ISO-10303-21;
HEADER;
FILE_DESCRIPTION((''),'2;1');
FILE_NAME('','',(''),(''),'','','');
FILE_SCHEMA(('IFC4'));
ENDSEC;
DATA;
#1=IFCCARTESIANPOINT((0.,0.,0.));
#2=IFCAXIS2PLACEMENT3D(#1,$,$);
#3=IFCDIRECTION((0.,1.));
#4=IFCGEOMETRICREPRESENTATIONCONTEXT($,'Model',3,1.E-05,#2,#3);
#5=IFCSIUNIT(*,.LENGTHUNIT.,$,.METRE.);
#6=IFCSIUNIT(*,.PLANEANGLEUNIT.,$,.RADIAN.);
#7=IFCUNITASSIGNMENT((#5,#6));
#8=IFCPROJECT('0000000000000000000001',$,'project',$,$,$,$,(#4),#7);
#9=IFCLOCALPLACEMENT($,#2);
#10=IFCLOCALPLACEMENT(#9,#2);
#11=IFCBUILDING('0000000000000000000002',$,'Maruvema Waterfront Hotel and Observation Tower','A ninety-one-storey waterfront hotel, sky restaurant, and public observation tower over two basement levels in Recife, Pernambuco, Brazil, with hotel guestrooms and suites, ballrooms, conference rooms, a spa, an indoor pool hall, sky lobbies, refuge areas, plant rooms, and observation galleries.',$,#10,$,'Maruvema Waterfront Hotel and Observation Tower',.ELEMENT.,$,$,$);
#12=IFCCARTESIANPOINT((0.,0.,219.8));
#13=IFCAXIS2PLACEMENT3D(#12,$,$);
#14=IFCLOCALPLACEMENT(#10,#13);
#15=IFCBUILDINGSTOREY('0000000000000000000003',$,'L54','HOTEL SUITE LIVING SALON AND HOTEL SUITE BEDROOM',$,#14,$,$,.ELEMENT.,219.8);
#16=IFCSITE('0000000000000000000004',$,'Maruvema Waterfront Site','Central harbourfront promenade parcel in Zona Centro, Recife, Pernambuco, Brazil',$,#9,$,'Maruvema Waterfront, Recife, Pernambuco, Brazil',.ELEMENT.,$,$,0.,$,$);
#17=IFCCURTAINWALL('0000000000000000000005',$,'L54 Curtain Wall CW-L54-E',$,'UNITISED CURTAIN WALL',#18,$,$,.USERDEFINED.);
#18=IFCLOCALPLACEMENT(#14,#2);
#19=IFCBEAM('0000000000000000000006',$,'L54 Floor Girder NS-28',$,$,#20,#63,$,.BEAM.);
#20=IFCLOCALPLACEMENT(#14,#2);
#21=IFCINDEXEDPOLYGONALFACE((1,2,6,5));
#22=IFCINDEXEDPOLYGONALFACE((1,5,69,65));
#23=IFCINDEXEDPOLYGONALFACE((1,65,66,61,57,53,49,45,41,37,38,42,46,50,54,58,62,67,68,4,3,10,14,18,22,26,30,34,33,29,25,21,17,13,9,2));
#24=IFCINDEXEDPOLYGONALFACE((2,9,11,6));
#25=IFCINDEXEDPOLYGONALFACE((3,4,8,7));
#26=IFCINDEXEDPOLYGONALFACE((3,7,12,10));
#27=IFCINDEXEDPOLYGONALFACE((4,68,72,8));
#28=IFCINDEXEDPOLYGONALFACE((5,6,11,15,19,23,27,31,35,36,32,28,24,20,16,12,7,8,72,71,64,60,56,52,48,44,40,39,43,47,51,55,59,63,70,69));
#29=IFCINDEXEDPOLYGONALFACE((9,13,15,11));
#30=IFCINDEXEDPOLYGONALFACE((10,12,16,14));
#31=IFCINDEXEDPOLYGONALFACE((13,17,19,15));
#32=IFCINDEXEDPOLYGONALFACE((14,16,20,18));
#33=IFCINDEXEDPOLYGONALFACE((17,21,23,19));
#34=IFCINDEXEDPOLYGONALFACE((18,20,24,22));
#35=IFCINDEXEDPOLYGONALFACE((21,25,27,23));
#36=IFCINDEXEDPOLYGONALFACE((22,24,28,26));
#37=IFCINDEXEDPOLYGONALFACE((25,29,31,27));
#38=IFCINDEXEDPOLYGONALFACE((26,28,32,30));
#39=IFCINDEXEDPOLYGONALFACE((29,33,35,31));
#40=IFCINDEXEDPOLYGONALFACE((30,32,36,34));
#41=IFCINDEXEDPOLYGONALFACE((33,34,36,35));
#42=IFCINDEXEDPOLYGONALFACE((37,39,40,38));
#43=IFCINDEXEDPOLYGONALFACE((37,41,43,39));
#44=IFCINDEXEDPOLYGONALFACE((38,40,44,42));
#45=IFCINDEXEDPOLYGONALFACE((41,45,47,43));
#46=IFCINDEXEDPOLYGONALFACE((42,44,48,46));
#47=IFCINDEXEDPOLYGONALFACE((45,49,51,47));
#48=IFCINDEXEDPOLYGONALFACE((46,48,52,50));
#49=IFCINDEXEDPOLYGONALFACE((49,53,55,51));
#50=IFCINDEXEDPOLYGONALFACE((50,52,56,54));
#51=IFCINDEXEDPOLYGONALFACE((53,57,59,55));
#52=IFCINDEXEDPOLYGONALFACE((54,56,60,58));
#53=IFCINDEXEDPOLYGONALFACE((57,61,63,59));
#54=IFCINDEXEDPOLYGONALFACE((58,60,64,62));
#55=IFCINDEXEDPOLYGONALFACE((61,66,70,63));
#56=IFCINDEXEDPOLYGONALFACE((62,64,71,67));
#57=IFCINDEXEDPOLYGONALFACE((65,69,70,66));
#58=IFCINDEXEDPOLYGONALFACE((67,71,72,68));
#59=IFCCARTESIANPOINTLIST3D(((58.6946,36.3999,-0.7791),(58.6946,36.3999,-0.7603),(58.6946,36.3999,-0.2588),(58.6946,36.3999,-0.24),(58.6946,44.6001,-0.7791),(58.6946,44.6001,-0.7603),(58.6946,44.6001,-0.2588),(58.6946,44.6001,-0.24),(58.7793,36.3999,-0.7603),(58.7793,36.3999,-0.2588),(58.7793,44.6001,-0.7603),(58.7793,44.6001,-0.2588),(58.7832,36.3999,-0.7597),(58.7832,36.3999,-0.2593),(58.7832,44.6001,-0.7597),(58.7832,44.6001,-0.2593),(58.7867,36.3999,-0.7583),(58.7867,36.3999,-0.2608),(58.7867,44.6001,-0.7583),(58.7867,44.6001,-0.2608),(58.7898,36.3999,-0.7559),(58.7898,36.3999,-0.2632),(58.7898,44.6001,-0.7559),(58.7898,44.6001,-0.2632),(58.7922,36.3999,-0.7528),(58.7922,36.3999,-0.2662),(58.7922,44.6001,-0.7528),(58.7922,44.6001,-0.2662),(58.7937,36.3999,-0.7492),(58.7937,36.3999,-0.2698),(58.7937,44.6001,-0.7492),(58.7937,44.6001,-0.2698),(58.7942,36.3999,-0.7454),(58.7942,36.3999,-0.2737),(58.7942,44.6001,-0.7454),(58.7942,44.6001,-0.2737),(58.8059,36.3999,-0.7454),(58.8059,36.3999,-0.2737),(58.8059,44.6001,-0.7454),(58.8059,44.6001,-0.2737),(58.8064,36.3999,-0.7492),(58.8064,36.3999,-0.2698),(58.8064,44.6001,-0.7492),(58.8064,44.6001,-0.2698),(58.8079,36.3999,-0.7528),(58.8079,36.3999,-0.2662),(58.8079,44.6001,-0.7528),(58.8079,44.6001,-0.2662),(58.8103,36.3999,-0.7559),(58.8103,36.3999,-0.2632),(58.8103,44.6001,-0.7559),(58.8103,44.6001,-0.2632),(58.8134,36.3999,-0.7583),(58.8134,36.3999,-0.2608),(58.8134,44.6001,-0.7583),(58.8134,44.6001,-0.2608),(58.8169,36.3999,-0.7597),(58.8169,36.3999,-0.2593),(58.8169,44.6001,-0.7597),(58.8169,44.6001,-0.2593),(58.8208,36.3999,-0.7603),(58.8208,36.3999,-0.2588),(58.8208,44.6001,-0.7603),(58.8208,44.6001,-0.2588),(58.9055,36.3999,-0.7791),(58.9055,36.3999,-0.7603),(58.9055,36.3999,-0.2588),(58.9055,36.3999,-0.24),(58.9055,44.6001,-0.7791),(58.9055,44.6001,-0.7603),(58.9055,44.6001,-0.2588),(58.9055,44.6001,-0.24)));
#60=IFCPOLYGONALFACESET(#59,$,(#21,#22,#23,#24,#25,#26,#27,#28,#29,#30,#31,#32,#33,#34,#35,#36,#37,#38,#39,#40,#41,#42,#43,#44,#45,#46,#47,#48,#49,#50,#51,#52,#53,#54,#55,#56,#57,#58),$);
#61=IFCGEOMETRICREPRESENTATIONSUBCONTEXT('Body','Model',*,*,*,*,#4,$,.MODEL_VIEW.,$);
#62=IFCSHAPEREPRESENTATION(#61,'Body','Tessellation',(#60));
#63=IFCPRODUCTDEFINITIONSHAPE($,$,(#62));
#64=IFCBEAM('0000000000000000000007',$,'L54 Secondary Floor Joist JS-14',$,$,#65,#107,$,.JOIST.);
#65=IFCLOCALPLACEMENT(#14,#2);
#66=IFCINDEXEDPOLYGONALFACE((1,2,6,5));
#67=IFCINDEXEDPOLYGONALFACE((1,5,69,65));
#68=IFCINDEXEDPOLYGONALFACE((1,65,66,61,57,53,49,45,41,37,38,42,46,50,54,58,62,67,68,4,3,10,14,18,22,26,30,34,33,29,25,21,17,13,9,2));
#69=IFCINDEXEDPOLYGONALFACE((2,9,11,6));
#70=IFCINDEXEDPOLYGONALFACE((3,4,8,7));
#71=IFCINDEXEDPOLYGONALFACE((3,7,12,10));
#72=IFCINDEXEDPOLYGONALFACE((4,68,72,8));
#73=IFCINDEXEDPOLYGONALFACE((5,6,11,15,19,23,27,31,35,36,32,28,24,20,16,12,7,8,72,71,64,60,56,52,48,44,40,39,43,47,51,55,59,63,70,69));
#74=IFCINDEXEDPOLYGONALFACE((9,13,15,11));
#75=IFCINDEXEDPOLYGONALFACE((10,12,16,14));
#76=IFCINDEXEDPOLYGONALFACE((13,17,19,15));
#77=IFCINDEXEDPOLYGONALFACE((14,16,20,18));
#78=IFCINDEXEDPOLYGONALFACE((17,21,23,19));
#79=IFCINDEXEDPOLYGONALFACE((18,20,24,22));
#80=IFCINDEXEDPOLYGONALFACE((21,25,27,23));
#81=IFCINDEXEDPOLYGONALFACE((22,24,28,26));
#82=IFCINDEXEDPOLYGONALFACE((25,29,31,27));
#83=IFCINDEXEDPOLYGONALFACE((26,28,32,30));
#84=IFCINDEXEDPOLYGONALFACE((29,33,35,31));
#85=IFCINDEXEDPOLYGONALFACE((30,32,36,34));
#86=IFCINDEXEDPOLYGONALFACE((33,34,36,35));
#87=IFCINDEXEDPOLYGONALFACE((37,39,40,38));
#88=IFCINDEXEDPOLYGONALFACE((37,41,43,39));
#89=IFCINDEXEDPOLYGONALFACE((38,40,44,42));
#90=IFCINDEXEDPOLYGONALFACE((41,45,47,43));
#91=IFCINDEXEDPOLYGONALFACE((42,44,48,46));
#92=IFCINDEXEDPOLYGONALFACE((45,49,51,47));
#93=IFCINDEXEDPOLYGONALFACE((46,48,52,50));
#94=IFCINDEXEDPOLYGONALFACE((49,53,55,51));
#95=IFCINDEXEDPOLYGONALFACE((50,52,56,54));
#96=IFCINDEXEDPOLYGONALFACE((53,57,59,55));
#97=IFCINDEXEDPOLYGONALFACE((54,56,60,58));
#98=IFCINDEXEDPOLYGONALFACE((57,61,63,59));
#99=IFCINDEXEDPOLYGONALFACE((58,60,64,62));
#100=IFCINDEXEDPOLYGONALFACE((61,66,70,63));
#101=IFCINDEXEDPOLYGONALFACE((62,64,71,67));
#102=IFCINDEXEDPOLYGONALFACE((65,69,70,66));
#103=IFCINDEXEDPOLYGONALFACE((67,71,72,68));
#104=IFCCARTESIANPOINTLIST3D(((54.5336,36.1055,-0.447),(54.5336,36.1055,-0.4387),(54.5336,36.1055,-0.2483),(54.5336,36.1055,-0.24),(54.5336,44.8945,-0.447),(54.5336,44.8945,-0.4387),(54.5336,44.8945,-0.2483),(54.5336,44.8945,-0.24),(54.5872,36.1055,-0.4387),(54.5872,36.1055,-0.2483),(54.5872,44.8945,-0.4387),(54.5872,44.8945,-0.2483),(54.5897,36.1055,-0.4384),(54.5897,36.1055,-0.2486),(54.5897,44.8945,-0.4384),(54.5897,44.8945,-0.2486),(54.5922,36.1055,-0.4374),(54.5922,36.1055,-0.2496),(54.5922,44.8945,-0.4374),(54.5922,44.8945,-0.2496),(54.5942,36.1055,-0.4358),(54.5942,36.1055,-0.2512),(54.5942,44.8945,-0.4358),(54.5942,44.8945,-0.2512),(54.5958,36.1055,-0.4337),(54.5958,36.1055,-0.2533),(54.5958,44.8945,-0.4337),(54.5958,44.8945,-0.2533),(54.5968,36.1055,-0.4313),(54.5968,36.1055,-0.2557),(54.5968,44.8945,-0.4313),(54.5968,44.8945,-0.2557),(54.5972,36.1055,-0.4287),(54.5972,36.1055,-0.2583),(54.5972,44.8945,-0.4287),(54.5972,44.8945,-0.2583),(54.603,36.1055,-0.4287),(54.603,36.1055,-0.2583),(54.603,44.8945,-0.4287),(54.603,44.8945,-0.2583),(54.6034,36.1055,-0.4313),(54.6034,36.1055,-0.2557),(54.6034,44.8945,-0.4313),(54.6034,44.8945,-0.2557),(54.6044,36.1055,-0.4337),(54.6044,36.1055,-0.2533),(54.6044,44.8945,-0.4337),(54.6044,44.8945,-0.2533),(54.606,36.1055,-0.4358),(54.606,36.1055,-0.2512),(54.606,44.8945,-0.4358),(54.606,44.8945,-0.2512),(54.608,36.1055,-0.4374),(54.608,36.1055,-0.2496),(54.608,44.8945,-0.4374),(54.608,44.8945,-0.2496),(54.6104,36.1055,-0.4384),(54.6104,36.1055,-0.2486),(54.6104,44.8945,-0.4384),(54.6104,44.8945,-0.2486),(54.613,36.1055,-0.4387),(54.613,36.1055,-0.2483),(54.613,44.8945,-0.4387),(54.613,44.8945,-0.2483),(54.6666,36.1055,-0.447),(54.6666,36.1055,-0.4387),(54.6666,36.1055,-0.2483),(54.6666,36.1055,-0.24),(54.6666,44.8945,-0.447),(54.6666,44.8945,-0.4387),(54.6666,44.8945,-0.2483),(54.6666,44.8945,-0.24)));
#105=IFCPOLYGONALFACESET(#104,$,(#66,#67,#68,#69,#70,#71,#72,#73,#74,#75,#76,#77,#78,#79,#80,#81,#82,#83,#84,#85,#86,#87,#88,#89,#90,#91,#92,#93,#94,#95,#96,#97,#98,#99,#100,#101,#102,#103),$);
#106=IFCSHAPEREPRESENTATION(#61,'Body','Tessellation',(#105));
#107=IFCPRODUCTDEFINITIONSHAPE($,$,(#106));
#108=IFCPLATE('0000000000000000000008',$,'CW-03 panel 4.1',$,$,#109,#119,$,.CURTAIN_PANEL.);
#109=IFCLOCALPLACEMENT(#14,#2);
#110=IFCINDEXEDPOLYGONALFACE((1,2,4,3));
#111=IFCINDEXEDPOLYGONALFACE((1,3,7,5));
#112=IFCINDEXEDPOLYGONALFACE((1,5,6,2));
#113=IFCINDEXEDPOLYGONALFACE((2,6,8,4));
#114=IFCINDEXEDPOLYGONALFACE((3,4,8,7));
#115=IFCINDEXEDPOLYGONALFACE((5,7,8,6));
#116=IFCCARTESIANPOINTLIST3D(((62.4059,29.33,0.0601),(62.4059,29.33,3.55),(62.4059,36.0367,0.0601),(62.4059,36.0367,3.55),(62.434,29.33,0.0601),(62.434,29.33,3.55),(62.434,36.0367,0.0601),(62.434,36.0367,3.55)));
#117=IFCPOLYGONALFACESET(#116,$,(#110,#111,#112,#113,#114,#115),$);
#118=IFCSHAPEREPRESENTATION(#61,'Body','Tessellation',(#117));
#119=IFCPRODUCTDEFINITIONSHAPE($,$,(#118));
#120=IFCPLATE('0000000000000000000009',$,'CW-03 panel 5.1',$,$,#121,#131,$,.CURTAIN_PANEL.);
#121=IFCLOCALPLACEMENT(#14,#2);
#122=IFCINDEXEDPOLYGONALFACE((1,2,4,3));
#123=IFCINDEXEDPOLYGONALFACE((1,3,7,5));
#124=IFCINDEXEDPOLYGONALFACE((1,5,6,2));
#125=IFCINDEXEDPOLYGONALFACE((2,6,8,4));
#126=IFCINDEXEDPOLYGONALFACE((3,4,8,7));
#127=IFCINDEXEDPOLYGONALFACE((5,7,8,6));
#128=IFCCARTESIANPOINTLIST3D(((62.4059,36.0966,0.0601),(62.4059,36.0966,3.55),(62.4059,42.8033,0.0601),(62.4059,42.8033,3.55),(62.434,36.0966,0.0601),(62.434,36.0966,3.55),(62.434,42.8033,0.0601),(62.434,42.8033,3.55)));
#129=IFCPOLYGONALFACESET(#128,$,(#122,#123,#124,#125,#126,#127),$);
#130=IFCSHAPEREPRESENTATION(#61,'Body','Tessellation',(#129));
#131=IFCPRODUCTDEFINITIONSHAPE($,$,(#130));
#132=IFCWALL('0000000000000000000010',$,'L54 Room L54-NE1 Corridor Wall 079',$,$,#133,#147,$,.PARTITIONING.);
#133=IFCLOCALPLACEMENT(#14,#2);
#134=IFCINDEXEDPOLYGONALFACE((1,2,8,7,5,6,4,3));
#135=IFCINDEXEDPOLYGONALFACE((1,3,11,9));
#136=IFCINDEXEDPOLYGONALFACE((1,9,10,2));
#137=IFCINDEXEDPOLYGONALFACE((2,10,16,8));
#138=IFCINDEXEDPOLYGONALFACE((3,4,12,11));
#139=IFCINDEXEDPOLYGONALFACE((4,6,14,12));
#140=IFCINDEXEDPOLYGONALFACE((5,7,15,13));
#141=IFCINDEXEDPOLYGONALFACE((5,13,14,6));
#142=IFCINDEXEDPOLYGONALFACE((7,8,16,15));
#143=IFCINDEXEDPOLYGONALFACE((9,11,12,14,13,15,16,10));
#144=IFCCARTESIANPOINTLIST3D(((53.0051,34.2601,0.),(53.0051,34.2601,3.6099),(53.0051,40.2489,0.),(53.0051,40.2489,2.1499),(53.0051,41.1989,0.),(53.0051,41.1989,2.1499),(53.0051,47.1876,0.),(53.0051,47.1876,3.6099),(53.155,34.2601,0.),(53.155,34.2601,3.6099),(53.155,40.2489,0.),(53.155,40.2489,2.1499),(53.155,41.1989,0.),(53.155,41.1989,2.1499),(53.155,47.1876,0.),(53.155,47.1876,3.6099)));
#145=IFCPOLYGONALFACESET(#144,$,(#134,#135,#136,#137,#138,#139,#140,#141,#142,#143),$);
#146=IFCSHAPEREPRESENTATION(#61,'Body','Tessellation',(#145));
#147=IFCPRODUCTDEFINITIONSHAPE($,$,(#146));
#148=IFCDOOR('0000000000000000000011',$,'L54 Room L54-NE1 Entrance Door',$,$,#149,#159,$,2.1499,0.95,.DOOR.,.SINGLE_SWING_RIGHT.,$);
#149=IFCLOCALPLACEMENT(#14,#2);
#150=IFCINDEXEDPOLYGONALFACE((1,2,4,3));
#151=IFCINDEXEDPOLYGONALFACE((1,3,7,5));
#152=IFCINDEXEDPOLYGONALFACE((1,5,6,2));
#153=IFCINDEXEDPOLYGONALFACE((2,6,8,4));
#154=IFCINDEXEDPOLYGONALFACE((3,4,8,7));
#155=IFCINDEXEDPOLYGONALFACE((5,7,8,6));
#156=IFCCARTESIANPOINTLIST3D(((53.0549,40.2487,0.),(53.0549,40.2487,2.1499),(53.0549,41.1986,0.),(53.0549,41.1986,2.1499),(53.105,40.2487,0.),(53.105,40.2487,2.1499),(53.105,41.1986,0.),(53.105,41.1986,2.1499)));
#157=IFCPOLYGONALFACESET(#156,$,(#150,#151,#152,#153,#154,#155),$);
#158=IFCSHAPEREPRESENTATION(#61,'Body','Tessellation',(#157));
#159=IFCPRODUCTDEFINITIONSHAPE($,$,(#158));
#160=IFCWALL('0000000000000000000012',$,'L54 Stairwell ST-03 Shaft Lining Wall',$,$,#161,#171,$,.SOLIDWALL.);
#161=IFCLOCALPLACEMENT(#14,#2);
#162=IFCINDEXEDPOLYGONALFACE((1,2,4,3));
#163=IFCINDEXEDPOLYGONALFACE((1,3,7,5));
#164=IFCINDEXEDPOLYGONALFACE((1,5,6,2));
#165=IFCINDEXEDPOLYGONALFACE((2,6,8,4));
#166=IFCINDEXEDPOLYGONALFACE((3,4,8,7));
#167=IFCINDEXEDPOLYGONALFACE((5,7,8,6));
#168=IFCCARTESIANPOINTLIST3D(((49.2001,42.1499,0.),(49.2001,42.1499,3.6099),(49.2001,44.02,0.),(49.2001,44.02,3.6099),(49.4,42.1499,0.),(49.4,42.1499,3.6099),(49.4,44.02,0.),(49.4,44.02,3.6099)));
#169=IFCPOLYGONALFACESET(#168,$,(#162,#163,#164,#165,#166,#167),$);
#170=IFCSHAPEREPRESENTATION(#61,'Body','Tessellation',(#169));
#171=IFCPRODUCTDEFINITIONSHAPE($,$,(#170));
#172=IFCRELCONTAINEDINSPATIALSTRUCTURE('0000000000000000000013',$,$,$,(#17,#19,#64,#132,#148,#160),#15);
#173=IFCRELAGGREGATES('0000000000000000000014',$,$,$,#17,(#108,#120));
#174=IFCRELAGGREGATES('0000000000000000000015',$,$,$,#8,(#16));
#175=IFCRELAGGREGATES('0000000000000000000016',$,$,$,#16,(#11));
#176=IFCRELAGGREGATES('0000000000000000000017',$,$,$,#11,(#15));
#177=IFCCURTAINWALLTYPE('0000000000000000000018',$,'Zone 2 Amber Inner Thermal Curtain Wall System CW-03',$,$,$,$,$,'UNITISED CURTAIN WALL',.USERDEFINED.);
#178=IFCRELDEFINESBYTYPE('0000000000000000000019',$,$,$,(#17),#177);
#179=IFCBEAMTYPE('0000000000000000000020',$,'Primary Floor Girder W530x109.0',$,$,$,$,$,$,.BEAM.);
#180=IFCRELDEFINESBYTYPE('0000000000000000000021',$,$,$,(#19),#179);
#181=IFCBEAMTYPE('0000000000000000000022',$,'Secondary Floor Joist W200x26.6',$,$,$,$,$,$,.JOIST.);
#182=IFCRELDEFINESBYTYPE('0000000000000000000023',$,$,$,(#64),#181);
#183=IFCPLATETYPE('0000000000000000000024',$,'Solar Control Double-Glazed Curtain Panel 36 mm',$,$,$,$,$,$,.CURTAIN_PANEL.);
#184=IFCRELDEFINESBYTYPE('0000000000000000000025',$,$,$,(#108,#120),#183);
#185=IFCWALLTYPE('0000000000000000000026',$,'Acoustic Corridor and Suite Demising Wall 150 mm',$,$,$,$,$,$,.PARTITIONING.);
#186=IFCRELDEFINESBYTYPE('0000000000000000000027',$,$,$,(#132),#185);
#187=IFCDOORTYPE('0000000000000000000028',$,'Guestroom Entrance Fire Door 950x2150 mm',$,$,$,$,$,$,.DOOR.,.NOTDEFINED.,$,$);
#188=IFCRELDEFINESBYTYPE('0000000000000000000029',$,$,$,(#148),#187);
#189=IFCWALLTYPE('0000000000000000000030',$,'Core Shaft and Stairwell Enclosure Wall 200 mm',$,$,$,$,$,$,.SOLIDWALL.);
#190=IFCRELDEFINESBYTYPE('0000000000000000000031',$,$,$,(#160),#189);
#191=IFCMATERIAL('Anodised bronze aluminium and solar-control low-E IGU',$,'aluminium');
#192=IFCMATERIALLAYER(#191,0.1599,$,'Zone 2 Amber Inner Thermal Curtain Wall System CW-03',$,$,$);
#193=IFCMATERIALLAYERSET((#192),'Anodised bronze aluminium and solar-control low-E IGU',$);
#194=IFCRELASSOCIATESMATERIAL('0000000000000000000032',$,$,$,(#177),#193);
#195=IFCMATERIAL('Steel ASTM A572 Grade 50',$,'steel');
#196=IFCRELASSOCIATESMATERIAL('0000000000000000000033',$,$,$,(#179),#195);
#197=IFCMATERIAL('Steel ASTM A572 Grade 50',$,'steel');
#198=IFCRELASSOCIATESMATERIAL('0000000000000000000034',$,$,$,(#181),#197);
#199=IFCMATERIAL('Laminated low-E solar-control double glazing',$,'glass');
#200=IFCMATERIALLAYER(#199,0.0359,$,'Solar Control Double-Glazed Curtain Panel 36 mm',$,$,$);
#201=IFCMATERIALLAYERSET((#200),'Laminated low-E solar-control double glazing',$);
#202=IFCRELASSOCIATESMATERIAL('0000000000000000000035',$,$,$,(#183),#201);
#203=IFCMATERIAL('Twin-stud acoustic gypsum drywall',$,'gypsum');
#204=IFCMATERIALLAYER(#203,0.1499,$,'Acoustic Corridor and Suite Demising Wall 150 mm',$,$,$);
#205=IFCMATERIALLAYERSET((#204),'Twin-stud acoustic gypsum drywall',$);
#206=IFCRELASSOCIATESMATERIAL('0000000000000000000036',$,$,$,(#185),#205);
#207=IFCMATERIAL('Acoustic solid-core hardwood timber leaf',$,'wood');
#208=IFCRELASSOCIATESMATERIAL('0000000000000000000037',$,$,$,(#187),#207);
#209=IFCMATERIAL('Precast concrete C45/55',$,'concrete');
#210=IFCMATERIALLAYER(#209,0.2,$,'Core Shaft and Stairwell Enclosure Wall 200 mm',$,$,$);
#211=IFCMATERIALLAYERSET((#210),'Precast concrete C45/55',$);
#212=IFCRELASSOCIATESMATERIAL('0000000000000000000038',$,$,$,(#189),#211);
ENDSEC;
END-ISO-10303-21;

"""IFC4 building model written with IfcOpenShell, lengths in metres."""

from ifc_helpers import new_model, si_unit, direction, frame, frame_2d, origin, origin_2d, place, context, subcontext, project, spatial, rectangle, i_section, extrude, material, layer, layer_set, material_profile, profile_set, type_object, element, fill, aggregate, save


model = new_model("IFC4")

# Units and contexts
model_context = context("Model", 3, precision=1e-05, world=origin(), true_north=direction((0.0, 1.0)))
body_context = subcontext(model_context, "Body", "Model", "MODEL_VIEW")
ifc_project = project(units=[si_unit("LENGTHUNIT", "METRE"), si_unit("PLANEANGLEUNIT", "RADIAN")], contexts=[model_context])

# Site, building, storey
site_placement = place(None, origin())
site = spatial("IfcSite", under=ifc_project, at=site_placement, Name="Maruvema Waterfront Site", Description="Central harbourfront promenade parcel in Zona Centro, Recife, Pernambuco, Brazil", LongName="Maruvema Waterfront, Recife, Pernambuco, Brazil", CompositionType="ELEMENT", RefElevation=0.0)
building_placement = place(site_placement, origin())
building = spatial("IfcBuilding", under=site, at=building_placement, Name="Maruvema Waterfront Hotel and Observation Tower", Description="A ninety-one-storey waterfront hotel, sky restaurant, and public observation tower over two basement levels in Recife, Pernambuco, Brazil, with hotel guestrooms and suites, ballrooms, conference rooms, a spa, an indoor pool hall, sky lobbies, refuge areas, plant rooms, and observation galleries.", LongName="Maruvema Waterfront Hotel and Observation Tower", CompositionType="ELEMENT")
storey_placement = place(building_placement, frame((0.0, 0.0, 219.8)))
storey = spatial("IfcBuildingStorey", under=building, at=storey_placement, Name="L54", Description="HOTEL SUITE LIVING SALON AND HOTEL SUITE BEDROOM", CompositionType="ELEMENT", Elevation=219.8)

# Curtain wall
ifc_material_1 = material(Name="Anodised bronze aluminium and solar-control low-E IGU", Category="aluminium")
ifc_layer_1 = layer(ifc_material_1, 0.1599, Name="Zone 2 Amber Inner Thermal Curtain Wall System CW-03")
ifc_layer_set_1 = layer_set([ifc_layer_1], Name="Anodised bronze aluminium and solar-control low-E IGU")
curtain_wall_type = type_object("IfcCurtainWallType", Name="Zone 2 Amber Inner Thermal Curtain Wall System CW-03", ElementType="UNITISED CURTAIN WALL", PredefinedType="USERDEFINED", material=ifc_layer_set_1)
curtain_wall_placement = place(storey_placement, origin())
curtain_wall = element("IfcCurtainWall", 1, at=curtain_wall_placement, inside=storey, type_object=curtain_wall_type, Name="L54 Curtain Wall CW-L54-E", ObjectType="UNITISED CURTAIN WALL", PredefinedType="USERDEFINED")

# Beams
ifc_material_2 = material(Name="Steel ASTM A572 Grade 50", Category="steel")
ifc_material_profile_1 = material_profile(ifc_material_2, i_section(OverallWidth=0.2109, OverallDepth=0.5391, WebThickness=0.0117, FlangeThickness=0.0188, FilletRadius=0.0149, at=origin_2d()), Name="W530x109.0")
ifc_profile_set_1 = profile_set([ifc_material_profile_1], Name="Steel ASTM A572 Grade 50")
beam_type_1 = type_object("IfcBeamType", Name="Primary Floor Girder W530x109.0", PredefinedType="BEAM", material=ifc_profile_set_1)
beam_1_placement = place(storey_placement, frame((58.8, 36.3999, -0.5095), z_axis=(0.0, 1.0, 0.0), x_axis=(-1.0, 0.0, 0.0)))
element("IfcBeam", 2, at=beam_1_placement, inside=storey, type_object=beam_type_1, Name="L54 Floor Girder NS-28", PredefinedType="BEAM", context=body_context, shape_type="SweptSolid", body=[
    extrude(i_section(OverallWidth=0.2109, OverallDepth=0.5391, WebThickness=0.0117, FlangeThickness=0.0188, FilletRadius=0.0149, at=origin_2d()), origin(), (0.0, 0.0, 1.0), 8.2002),
])
ifc_material_3 = material(Name="Steel ASTM A572 Grade 50", Category="steel")
ifc_material_profile_2 = material_profile(ifc_material_3, i_section(OverallWidth=0.1331, OverallDepth=0.207, WebThickness=0.0059, FlangeThickness=0.0083, FilletRadius=0.01, at=origin_2d()), Name="W200x26.6")
ifc_profile_set_2 = profile_set([ifc_material_profile_2], Name="Steel ASTM A572 Grade 50")
beam_type_2 = type_object("IfcBeamType", Name="Secondary Floor Joist W200x26.6", PredefinedType="JOIST", material=ifc_profile_set_2)
beam_2_placement = place(storey_placement, frame((54.6001, 36.1055, -0.3435), z_axis=(0.0, 1.0, 0.0), x_axis=(-1.0, 0.0, 0.0)))
element("IfcBeam", 3, at=beam_2_placement, inside=storey, type_object=beam_type_2, Name="L54 Secondary Floor Joist JS-14", PredefinedType="JOIST", context=body_context, shape_type="SweptSolid", body=[
    extrude(i_section(OverallWidth=0.1331, OverallDepth=0.207, WebThickness=0.0059, FlangeThickness=0.0083, FilletRadius=0.01, at=origin_2d()), origin(), (0.0, 0.0, 1.0), 8.7891),
])

# Plates
ifc_material_4 = material(Name="Laminated low-E solar-control double glazing", Category="glass")
ifc_layer_2 = layer(ifc_material_4, 0.0359, Name="Solar Control Double-Glazed Curtain Panel 36 mm")
ifc_layer_set_2 = layer_set([ifc_layer_2], Name="Laminated low-E solar-control double glazing")
plate_type = type_object("IfcPlateType", Name="Solar Control Double-Glazed Curtain Panel 36 mm", PredefinedType="CURTAIN_PANEL", material=ifc_layer_set_2)
plate_1_placement = place(storey_placement, frame((62.4199, 32.6833, 0.0601), z_axis=(0.0, 0.0, 1.0), x_axis=(0.0, 1.0, 0.0)))
plate_1 = element("IfcPlate", 4, at=plate_1_placement, type_object=plate_type, Name="CW-03 panel 4.1", PredefinedType="CURTAIN_PANEL", context=body_context, shape_type="SweptSolid", body=[
    extrude(rectangle(XDim=6.7068, YDim=0.0281, at=origin_2d()), origin(), (0.0, 0.0, 1.0), 3.49),
])
plate_2_placement = place(storey_placement, frame((62.4199, 39.45, 0.0601), z_axis=(0.0, 0.0, 1.0), x_axis=(0.0, 1.0, 0.0)))
plate_2 = element("IfcPlate", 5, at=plate_2_placement, type_object=plate_type, Name="CW-03 panel 5.1", PredefinedType="CURTAIN_PANEL", context=body_context, shape_type="SweptSolid", body=[
    extrude(rectangle(XDim=6.7068, YDim=0.0281, at=origin_2d()), origin(), (0.0, 0.0, 1.0), 3.49),
])
aggregate(curtain_wall, [plate_1, plate_2])

# Wall, opening, door
ifc_material_5 = material(Name="Twin-stud acoustic gypsum drywall", Category="gypsum")
ifc_layer_3 = layer(ifc_material_5, 0.1499, Name="Acoustic Corridor and Suite Demising Wall 150 mm")
ifc_layer_set_3 = layer_set([ifc_layer_3], Name="Twin-stud acoustic gypsum drywall")
wall_type_1 = type_object("IfcWallType", Name="Acoustic Corridor and Suite Demising Wall 150 mm", PredefinedType="PARTITIONING", material=ifc_layer_set_3)
wall_1_placement = place(storey_placement, frame((53.0801, 34.26, 0.0), z_axis=(0.0, 0.0, 1.0), x_axis=(0.0, 1.0, 0.0)))
wall_1 = element("IfcWall", 6, at=wall_1_placement, inside=storey, type_object=wall_type_1, Name="L54 Room L54-NE1 Corridor Wall 079", PredefinedType="PARTITIONING", context=body_context, shape_type="SweptSolid", body=[
    extrude(rectangle(XDim=12.9275, YDim=0.1499, at=frame_2d((6.4639, 0.0))), origin(), (0.0, 0.0, 1.0), 3.6099),
])
opening_1_placement = place(wall_1_placement, frame((5.9888, 0.0, 0.0)))
opening_1 = element("IfcOpeningElement", 7, at=opening_1_placement, cuts=wall_1, PredefinedType="OPENING", context=body_context, shape_type="SweptSolid", body=[
    extrude(rectangle(XDim=0.95, YDim=2.1499, at=frame_2d((0.4751, 1.075))), frame((0.0, 0.085, 0.0), z_axis=(0.0, -1.0, 0.0), x_axis=(1.0, 0.0, 0.0)), (0.0, 0.0, 1.0), 0.1699),
])
ifc_material_6 = material(Name="Acoustic solid-core hardwood timber leaf", Category="wood")
door_type_1 = type_object("IfcDoorType", Name="Guestroom Entrance Fire Door 950x2150 mm", OperationType="NOTDEFINED", PredefinedType="DOOR", material=ifc_material_6)
door_1_placement = place(opening_1_placement, frame((0.95, 0.0, 0.0), z_axis=(0.0, 0.0, 1.0), x_axis=(-1.0, 0.0, 0.0)))
door_1 = element("IfcDoor", 8, at=door_1_placement, inside=storey, type_object=door_type_1, Name="L54 Room L54-NE1 Entrance Door", OperationType="SINGLE_SWING_RIGHT", OverallHeight=2.1499, OverallWidth=0.95, PredefinedType="DOOR", context=body_context, shape_type="SweptSolid", body=[
    extrude(rectangle(XDim=0.95, YDim=2.1499, at=frame_2d((0.4751, 1.075))), frame((0.0, 0.0249, 0.0), z_axis=(0.0, -1.0, 0.0), x_axis=(1.0, 0.0, 0.0)), (0.0, 0.0, 1.0), 0.05),
])
fill(opening_1, door_1)

# Wall
ifc_material_7 = material(Name="Precast concrete C45/55", Category="concrete")
ifc_layer_4 = layer(ifc_material_7, 0.2, Name="Core Shaft and Stairwell Enclosure Wall 200 mm")
ifc_layer_set_4 = layer_set([ifc_layer_4], Name="Precast concrete C45/55")
wall_type_2 = type_object("IfcWallType", Name="Core Shaft and Stairwell Enclosure Wall 200 mm", PredefinedType="SOLIDWALL", material=ifc_layer_set_4)
wall_2_placement = place(storey_placement, frame((49.3, 42.1499, 0.0), z_axis=(0.0, 0.0, 1.0), x_axis=(0.0, 1.0, 0.0)))
element("IfcWall", 9, at=wall_2_placement, inside=storey, type_object=wall_type_2, Name="L54 Stairwell ST-03 Shaft Lining Wall", PredefinedType="SOLIDWALL", context=body_context, shape_type="SweptSolid", body=[
    extrude(rectangle(XDim=1.8701, YDim=0.2, at=frame_2d((0.9351, 0.0))), origin(), (0.0, 0.0, 1.0), 3.6099),
])

save(model, "model.ifc")
